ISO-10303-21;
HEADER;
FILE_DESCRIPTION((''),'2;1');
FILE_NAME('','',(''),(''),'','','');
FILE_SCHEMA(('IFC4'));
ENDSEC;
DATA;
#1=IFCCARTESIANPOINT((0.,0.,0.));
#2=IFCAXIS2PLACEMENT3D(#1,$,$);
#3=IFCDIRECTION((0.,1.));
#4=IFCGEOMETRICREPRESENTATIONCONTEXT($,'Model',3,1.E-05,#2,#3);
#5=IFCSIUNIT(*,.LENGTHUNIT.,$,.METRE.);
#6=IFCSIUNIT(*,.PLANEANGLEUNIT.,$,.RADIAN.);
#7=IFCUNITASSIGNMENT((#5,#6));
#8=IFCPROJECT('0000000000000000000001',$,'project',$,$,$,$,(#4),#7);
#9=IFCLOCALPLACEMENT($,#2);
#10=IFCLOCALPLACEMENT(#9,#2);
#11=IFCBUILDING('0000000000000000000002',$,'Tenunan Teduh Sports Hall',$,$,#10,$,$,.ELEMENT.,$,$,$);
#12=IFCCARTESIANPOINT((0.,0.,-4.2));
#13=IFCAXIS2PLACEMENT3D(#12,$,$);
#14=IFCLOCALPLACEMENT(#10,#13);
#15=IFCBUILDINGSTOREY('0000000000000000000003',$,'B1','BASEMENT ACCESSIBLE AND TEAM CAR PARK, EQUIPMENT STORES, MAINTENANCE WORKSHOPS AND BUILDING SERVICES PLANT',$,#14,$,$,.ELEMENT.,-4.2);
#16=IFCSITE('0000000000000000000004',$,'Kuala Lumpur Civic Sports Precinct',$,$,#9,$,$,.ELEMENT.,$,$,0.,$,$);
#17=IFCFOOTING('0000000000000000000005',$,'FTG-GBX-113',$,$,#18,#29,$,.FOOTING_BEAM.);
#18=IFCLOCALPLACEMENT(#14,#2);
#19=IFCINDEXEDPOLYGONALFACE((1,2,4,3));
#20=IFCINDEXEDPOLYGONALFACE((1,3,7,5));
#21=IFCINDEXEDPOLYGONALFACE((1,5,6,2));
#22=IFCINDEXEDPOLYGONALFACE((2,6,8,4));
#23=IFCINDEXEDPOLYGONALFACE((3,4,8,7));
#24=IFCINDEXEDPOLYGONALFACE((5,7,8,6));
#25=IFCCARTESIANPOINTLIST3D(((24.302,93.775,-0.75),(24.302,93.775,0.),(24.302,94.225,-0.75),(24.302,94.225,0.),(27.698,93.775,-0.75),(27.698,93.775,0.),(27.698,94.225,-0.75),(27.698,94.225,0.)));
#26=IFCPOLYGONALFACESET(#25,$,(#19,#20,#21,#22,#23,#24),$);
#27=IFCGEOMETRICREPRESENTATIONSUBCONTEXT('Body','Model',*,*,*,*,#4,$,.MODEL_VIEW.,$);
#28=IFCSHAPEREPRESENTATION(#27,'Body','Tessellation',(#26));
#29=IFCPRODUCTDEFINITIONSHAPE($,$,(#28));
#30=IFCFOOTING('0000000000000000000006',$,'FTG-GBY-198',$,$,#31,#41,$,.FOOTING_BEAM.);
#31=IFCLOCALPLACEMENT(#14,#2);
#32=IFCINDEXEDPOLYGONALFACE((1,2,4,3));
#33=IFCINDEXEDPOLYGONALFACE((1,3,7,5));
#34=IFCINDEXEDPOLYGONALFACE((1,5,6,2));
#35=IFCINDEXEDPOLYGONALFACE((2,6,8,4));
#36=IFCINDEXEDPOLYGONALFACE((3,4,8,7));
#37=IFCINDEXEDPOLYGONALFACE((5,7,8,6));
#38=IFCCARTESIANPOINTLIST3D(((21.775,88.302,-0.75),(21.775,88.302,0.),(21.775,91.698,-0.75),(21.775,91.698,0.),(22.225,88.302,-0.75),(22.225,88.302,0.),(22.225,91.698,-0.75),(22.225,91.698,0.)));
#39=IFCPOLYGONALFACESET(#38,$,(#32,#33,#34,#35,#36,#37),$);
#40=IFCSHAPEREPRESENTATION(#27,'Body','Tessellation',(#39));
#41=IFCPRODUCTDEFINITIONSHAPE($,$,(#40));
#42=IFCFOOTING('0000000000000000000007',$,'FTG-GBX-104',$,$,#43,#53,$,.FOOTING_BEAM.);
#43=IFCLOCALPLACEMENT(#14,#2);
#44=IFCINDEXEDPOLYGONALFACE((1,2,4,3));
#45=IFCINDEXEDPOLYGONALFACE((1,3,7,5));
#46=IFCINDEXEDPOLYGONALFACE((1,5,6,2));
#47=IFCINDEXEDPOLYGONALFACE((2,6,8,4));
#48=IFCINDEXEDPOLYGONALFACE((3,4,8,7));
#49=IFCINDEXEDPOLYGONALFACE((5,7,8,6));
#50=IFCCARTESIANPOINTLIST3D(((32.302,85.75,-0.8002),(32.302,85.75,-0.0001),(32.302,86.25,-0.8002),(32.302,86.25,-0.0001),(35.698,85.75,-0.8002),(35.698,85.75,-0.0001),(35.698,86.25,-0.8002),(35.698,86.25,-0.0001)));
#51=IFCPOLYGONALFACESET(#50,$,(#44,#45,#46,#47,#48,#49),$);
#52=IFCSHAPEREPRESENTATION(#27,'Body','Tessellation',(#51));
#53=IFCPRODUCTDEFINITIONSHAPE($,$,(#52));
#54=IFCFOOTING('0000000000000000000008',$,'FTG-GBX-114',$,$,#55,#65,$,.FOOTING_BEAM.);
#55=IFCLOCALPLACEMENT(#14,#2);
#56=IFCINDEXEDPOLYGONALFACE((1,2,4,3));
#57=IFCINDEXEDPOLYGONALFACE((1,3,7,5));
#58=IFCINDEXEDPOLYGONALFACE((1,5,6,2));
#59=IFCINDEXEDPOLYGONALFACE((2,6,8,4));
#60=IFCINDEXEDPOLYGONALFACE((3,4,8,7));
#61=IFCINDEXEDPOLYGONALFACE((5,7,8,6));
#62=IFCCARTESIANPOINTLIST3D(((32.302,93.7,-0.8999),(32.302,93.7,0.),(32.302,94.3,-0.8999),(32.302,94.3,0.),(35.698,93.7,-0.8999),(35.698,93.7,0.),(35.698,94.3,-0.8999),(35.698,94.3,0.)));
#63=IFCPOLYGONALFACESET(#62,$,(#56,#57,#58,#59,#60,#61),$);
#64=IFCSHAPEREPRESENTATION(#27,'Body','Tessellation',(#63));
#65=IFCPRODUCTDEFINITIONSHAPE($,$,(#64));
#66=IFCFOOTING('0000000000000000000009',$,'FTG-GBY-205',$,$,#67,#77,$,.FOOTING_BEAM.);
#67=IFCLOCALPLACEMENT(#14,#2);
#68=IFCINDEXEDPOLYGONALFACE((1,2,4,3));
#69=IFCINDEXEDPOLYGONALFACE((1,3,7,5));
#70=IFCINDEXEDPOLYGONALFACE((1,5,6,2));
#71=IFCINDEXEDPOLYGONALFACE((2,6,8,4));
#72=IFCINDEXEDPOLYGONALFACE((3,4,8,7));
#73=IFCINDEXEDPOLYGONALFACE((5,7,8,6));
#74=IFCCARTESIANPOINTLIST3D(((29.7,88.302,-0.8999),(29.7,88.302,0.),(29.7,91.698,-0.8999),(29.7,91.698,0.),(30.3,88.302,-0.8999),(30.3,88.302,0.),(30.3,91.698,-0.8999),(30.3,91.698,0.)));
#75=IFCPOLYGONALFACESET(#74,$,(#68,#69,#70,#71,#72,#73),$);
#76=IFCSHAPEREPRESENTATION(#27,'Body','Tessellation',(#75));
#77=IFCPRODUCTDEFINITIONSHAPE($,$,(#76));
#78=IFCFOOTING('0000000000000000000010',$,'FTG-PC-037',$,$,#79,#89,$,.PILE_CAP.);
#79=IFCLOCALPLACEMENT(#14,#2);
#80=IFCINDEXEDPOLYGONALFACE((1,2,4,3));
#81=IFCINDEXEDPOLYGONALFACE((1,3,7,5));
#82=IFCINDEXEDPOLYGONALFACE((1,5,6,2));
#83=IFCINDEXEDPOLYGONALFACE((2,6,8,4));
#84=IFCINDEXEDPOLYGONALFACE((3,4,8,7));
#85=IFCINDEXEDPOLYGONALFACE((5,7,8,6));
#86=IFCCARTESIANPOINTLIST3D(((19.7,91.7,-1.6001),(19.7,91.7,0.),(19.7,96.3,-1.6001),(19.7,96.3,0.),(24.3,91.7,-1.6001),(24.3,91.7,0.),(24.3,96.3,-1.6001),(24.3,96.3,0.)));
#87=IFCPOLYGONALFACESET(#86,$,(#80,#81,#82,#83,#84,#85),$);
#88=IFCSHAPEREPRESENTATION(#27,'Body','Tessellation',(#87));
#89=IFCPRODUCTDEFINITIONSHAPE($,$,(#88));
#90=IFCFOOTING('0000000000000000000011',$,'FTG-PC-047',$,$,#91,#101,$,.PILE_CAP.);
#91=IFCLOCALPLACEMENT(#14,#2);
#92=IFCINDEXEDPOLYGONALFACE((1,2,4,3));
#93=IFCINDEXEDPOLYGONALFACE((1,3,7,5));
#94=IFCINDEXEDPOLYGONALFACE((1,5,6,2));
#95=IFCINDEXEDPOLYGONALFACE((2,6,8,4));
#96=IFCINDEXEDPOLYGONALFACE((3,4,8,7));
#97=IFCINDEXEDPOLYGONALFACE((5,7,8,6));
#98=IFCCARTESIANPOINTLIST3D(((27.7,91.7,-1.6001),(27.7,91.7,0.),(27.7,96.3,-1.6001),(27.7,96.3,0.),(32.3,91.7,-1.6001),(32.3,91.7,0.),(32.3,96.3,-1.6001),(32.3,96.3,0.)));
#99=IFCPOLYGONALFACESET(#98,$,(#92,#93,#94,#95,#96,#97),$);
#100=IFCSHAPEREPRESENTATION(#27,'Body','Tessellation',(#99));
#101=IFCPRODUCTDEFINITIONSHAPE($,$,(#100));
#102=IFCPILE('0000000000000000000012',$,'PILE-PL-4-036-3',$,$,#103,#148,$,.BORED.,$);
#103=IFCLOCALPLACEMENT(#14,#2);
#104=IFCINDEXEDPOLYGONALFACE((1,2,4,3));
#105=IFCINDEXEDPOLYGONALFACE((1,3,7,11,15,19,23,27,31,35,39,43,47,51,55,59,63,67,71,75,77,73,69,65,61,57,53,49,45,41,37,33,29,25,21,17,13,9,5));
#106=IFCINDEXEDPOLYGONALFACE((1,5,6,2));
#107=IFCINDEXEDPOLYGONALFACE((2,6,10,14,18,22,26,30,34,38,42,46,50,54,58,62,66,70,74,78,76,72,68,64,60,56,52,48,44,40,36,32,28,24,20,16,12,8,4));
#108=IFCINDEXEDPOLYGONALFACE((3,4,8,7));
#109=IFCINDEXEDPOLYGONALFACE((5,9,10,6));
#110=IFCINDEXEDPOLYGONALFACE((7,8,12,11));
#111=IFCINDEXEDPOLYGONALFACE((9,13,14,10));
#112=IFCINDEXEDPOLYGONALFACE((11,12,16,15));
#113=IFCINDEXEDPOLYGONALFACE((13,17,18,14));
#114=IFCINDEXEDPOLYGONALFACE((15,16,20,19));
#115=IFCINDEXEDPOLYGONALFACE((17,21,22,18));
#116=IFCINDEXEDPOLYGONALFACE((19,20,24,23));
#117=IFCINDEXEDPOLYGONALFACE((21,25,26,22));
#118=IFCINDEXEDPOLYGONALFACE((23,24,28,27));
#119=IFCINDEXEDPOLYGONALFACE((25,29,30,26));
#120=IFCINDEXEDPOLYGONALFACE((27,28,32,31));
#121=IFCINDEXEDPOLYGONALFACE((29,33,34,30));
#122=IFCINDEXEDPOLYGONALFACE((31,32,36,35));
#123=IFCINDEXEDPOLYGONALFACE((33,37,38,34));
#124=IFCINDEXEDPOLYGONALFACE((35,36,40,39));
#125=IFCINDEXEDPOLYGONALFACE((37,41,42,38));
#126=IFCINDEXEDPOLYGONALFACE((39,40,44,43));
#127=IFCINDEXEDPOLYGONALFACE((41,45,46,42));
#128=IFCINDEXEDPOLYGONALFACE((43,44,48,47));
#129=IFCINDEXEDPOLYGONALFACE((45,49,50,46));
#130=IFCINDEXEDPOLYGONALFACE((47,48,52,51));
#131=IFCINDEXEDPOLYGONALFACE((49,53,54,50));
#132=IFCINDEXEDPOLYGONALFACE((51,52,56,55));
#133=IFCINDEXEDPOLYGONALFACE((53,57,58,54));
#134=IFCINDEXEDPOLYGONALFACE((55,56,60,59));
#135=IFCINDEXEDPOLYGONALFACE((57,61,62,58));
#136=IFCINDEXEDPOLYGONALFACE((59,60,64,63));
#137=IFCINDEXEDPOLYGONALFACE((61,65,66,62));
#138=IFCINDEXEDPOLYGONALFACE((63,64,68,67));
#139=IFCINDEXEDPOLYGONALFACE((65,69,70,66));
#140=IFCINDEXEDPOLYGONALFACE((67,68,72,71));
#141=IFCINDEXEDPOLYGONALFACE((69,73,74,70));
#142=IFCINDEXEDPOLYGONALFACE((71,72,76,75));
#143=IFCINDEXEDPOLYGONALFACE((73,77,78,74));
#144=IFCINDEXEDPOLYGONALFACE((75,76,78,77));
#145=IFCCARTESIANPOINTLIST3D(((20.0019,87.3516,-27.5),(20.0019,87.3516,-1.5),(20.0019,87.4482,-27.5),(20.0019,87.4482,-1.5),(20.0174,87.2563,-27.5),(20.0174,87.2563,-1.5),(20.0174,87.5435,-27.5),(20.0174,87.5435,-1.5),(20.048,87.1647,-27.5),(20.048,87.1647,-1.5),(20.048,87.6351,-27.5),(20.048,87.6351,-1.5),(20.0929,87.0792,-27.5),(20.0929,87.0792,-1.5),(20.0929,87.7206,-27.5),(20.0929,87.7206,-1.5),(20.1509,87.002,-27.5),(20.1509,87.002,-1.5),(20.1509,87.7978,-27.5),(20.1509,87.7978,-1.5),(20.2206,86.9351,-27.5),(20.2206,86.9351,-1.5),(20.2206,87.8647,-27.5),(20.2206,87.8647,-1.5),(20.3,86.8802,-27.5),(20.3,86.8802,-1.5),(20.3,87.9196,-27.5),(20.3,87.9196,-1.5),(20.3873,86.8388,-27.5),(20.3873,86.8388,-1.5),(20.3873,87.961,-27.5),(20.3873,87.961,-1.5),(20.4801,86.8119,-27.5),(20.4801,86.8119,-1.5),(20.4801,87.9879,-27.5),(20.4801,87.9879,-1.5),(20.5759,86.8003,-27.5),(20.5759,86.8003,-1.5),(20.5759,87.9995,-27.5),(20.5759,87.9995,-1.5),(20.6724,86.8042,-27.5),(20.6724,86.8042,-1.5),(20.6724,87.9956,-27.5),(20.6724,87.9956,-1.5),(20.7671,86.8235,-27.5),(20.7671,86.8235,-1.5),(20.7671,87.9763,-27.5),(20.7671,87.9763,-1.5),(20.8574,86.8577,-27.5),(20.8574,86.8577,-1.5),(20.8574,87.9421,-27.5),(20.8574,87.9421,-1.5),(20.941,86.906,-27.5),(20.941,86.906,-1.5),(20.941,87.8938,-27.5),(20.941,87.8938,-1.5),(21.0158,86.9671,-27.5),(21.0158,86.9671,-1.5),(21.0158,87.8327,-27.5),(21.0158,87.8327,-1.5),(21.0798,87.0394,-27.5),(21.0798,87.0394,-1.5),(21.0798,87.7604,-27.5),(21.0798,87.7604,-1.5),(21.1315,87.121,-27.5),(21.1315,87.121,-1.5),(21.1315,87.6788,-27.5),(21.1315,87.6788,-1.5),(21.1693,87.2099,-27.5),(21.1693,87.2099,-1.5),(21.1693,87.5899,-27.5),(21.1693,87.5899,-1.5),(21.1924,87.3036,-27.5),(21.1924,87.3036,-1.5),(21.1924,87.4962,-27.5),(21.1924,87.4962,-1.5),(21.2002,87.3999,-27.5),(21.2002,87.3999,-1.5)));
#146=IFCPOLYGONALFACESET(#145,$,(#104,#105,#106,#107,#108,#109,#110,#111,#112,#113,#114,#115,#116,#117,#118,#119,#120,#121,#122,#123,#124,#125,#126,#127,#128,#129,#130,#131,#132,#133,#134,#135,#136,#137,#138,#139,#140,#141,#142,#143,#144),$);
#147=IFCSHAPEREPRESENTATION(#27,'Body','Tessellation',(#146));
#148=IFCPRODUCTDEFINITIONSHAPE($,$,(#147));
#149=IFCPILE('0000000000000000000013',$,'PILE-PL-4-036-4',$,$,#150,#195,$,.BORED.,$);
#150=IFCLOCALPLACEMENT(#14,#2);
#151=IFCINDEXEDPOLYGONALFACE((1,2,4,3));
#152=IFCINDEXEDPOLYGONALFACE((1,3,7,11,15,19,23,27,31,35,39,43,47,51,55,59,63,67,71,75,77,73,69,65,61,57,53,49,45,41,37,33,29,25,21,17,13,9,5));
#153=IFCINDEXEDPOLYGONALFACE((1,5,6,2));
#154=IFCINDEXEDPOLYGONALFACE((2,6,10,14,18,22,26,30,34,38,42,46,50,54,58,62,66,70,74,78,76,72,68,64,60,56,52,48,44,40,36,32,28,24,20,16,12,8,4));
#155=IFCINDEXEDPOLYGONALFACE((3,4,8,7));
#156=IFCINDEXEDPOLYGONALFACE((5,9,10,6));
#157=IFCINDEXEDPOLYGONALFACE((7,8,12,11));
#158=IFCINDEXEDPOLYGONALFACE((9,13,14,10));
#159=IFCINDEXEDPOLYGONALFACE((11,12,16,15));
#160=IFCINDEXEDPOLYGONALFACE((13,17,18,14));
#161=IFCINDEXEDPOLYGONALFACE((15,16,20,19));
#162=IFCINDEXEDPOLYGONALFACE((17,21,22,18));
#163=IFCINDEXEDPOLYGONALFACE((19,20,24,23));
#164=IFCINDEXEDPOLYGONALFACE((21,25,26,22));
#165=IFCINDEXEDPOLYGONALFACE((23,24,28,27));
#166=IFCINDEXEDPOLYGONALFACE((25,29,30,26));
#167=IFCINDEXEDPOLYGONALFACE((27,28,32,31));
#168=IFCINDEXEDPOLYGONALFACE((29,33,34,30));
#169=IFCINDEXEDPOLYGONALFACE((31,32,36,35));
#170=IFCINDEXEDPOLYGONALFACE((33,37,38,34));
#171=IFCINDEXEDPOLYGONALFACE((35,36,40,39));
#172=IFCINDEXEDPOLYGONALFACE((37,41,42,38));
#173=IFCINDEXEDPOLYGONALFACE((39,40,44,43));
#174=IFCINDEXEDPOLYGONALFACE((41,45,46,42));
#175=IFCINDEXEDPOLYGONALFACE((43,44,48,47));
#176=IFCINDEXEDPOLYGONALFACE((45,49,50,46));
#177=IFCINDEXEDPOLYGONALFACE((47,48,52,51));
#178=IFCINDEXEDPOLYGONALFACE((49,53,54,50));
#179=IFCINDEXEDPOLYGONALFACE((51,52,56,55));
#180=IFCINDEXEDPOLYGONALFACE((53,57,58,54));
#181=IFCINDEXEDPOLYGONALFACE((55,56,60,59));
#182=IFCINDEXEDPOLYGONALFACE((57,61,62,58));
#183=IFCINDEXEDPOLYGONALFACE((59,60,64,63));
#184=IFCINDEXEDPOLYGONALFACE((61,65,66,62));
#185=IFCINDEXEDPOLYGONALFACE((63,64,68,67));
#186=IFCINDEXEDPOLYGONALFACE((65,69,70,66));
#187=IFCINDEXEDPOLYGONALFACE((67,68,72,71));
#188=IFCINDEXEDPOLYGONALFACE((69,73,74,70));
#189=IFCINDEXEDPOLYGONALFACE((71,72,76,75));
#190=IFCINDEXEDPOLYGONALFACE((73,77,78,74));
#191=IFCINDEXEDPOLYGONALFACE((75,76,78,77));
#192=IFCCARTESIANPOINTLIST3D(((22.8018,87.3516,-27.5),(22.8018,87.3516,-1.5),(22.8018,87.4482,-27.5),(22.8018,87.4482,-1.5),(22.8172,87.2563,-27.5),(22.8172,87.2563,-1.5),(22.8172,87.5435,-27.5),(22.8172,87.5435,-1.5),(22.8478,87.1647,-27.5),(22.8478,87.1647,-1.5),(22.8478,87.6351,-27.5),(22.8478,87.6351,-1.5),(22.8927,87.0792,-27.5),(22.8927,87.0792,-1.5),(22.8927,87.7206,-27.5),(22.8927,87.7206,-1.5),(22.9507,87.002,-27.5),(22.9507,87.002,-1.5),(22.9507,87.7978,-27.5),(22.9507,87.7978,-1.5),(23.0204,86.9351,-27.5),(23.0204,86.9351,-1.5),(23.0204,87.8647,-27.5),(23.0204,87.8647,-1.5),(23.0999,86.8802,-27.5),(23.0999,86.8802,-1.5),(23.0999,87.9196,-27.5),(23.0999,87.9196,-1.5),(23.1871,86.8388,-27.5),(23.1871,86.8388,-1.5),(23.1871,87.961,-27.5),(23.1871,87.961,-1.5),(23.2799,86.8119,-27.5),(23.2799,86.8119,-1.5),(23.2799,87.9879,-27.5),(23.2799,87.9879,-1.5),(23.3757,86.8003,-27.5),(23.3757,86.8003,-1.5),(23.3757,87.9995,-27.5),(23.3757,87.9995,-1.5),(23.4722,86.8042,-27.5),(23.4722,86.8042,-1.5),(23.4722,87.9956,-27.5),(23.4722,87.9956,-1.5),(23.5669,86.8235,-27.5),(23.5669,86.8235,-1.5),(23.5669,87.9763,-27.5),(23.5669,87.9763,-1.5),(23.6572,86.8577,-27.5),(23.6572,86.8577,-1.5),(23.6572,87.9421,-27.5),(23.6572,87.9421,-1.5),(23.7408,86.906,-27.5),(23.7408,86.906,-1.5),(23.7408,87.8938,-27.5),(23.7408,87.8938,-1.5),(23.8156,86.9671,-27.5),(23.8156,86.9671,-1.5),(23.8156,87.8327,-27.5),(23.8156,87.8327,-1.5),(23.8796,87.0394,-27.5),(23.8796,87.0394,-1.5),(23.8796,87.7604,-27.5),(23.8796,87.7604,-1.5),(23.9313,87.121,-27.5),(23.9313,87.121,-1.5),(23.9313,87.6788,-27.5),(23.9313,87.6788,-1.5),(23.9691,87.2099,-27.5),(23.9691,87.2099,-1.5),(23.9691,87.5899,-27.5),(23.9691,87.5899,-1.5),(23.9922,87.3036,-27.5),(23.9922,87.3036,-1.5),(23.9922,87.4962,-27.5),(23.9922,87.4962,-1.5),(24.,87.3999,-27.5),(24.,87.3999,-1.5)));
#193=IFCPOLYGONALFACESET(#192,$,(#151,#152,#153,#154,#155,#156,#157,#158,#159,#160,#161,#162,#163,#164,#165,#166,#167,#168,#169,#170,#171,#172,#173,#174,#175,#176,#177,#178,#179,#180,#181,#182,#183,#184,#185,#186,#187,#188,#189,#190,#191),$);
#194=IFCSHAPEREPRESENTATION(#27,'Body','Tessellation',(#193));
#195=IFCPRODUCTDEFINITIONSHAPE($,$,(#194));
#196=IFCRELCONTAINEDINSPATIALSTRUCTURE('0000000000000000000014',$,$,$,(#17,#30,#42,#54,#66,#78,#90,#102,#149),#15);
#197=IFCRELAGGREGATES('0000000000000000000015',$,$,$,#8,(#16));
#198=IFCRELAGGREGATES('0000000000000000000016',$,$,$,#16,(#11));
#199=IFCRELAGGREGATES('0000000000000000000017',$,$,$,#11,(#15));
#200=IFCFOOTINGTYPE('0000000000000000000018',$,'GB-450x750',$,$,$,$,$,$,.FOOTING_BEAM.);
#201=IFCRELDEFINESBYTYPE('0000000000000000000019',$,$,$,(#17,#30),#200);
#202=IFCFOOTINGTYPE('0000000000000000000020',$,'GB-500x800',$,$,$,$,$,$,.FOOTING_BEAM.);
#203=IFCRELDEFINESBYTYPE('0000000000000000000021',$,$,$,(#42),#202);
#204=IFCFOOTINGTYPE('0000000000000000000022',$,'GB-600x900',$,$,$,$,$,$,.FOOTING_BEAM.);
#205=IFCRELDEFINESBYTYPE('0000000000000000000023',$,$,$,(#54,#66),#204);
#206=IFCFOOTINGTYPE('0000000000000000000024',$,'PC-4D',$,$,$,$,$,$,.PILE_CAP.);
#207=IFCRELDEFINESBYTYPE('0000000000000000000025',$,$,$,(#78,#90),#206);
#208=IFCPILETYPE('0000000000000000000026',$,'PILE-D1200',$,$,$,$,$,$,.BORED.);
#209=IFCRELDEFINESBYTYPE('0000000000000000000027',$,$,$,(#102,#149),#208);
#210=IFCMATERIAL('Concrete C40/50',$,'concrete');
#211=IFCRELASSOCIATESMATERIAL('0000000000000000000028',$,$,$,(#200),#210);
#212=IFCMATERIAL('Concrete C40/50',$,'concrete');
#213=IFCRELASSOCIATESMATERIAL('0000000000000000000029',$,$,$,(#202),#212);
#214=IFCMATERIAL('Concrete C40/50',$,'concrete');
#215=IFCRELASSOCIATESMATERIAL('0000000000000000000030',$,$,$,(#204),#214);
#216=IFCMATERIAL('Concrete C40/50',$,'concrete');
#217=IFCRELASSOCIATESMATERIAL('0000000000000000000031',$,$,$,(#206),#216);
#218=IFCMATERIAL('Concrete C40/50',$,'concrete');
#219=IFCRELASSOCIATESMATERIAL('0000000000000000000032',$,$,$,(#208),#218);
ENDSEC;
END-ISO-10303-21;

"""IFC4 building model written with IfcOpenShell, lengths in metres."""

from ifc_helpers import new_model, si_unit, direction, frame, origin, origin_2d, place, context, subcontext, project, spatial, rectangle, circle, extrude, material, material_profile, profile_set, type_object, element, save


model = new_model("IFC4")

# Units and contexts
model_context = context("Model", 3, precision=1e-05, world=origin(), true_north=direction((0.0, 1.0)))
body_context = subcontext(model_context, "Body", "Model", "MODEL_VIEW")
ifc_project = project(units=[si_unit("LENGTHUNIT", "METRE"), si_unit("PLANEANGLEUNIT", "RADIAN")], contexts=[model_context])

# Site, building, storey
site_placement = place(None, origin())
site = spatial("IfcSite", under=ifc_project, at=site_placement, Name="Kuala Lumpur Civic Sports Precinct", CompositionType="ELEMENT", RefElevation=0.0)
building_placement = place(site_placement, origin())
building = spatial("IfcBuilding", under=site, at=building_placement, Name="Tenunan Teduh Sports Hall", CompositionType="ELEMENT")
storey_placement = place(building_placement, frame((0.0, 0.0, -4.2)))
storey = spatial("IfcBuildingStorey", under=building, at=storey_placement, Name="B1", Description="BASEMENT ACCESSIBLE AND TEAM CAR PARK, EQUIPMENT STORES, MAINTENANCE WORKSHOPS AND BUILDING SERVICES PLANT", CompositionType="ELEMENT", Elevation=-4.2)

# Footings
ifc_material_1 = material(Name="Concrete C40/50", Category="concrete")
ifc_material_profile_1 = material_profile(ifc_material_1, rectangle(XDim=0.45, YDim=0.75, at=origin_2d()), Name="RCB 450x750")
ifc_profile_set_1 = profile_set([ifc_material_profile_1], Name="Concrete C40/50")
footing_type_1 = type_object("IfcFootingType", Name="GB-450x750", PredefinedType="FOOTING_BEAM", material=ifc_profile_set_1)
for number, where, z_axis, x_axis, name in (
    (1, (24.302, 94.0, -0.375), (1.0, 0.0, 0.0), (0.0, 1.0, 0.0), "FTG-GBX-113"),
    (2, (22.0, 88.302, -0.375), (0.0, 1.0, 0.0), (-1.0, 0.0, 0.0), "FTG-GBY-198"),
):
    element("IfcFooting", number, at=place(storey_placement, frame(where, z_axis=z_axis, x_axis=x_axis)), inside=storey, type_object=footing_type_1, Name=name, PredefinedType="FOOTING_BEAM", context=body_context, shape_type="SweptSolid", body=[
        extrude(rectangle(XDim=0.45, YDim=0.75, at=origin_2d()), origin(), (0.0, 0.0, 1.0), 3.396),
    ])
ifc_material_2 = material(Name="Concrete C40/50", Category="concrete")
ifc_material_profile_2 = material_profile(ifc_material_2, rectangle(XDim=0.5, YDim=0.8, at=origin_2d()), Name="RCB 500x800")
ifc_profile_set_2 = profile_set([ifc_material_profile_2], Name="Concrete C40/50")
footing_type_2 = type_object("IfcFootingType", Name="GB-500x800", PredefinedType="FOOTING_BEAM", material=ifc_profile_set_2)
footing_placement = place(storey_placement, frame((32.302, 86.0, -0.4001), z_axis=(1.0, 0.0, 0.0), x_axis=(0.0, 1.0, 0.0)))
element("IfcFooting", 3, at=footing_placement, inside=storey, type_object=footing_type_2, Name="FTG-GBX-104", PredefinedType="FOOTING_BEAM", context=body_context, shape_type="SweptSolid", body=[
    extrude(rectangle(XDim=0.5, YDim=0.8, at=origin_2d()), origin(), (0.0, 0.0, 1.0), 3.396),
])
ifc_material_3 = material(Name="Concrete C40/50", Category="concrete")
ifc_material_profile_3 = material_profile(ifc_material_3, rectangle(XDim=0.6001, YDim=0.8999, at=origin_2d()), Name="RCB 600x900")
ifc_profile_set_3 = profile_set([ifc_material_profile_3], Name="Concrete C40/50")
footing_type_3 = type_object("IfcFootingType", Name="GB-600x900", PredefinedType="FOOTING_BEAM", material=ifc_profile_set_3)
for number, where, z_axis, x_axis, name in (
    (4, (32.302, 94.0, -0.45), (1.0, 0.0, 0.0), (0.0, 1.0, 0.0), "FTG-GBX-114"),
    (5, (30.0, 88.302, -0.45), (0.0, 1.0, 0.0), (-1.0, 0.0, 0.0), "FTG-GBY-205"),
):
    element("IfcFooting", number, at=place(storey_placement, frame(where, z_axis=z_axis, x_axis=x_axis)), inside=storey, type_object=footing_type_3, Name=name, PredefinedType="FOOTING_BEAM", context=body_context, shape_type="SweptSolid", body=[
        extrude(rectangle(XDim=0.6001, YDim=0.8999, at=origin_2d()), origin(), (0.0, 0.0, 1.0), 3.396),
    ])
ifc_material_4 = material(Name="Concrete C40/50", Category="concrete")
footing_type_4 = type_object("IfcFootingType", Name="PC-4D", PredefinedType="PILE_CAP", material=ifc_material_4)
for number, where, z_axis, x_axis, name in (
    (6, (22.0, 94.0, -1.6001), (0.0, 0.0, 1.0), (1.0, 0.0, 0.0), "FTG-PC-037"),
    (7, (30.0, 94.0, -1.6001), (0.0, 0.0, 1.0), (1.0, 0.0, 0.0), "FTG-PC-047"),
):
    element("IfcFooting", number, at=place(storey_placement, frame(where, z_axis=z_axis, x_axis=x_axis)), inside=storey, type_object=footing_type_4, Name=name, PredefinedType="PILE_CAP", context=body_context, shape_type="SweptSolid", body=[
        extrude(rectangle(XDim=4.6001, YDim=4.6001, at=origin_2d()), origin(), (0.0, 0.0, 1.0), 1.6001),
    ])

# Piles
ifc_material_5 = material(Name="Concrete C40/50", Category="concrete")
ifc_material_profile_4 = material_profile(ifc_material_5, circle(Radius=0.6001, at=origin_2d()), Name="PILE D1200")
ifc_profile_set_4 = profile_set([ifc_material_profile_4], Name="Concrete C40/50")
pile_type = type_object("IfcPileType", Name="PILE-D1200", PredefinedType="BORED", material=ifc_profile_set_4)
for number, where, z_axis, x_axis, name in (
    (8, (20.6001, 87.3999, -1.5), (0.0, 0.0, -1.0), (1.0, 0.0, 0.0), "PILE-PL-4-036-3"),
    (9, (23.3999, 87.3999, -1.5), (0.0, 0.0, -1.0), (1.0, 0.0, 0.0), "PILE-PL-4-036-4"),
):
    element("IfcPile", number, at=place(storey_placement, frame(where, z_axis=z_axis, x_axis=x_axis)), inside=storey, type_object=pile_type, Name=name, PredefinedType="BORED", context=body_context, shape_type="SweptSolid", body=[
        extrude(circle(Radius=0.6001, at=origin_2d()), origin(), (0.0, 0.0, 1.0), 26.0),
    ])

save(model, "model.ifc")
